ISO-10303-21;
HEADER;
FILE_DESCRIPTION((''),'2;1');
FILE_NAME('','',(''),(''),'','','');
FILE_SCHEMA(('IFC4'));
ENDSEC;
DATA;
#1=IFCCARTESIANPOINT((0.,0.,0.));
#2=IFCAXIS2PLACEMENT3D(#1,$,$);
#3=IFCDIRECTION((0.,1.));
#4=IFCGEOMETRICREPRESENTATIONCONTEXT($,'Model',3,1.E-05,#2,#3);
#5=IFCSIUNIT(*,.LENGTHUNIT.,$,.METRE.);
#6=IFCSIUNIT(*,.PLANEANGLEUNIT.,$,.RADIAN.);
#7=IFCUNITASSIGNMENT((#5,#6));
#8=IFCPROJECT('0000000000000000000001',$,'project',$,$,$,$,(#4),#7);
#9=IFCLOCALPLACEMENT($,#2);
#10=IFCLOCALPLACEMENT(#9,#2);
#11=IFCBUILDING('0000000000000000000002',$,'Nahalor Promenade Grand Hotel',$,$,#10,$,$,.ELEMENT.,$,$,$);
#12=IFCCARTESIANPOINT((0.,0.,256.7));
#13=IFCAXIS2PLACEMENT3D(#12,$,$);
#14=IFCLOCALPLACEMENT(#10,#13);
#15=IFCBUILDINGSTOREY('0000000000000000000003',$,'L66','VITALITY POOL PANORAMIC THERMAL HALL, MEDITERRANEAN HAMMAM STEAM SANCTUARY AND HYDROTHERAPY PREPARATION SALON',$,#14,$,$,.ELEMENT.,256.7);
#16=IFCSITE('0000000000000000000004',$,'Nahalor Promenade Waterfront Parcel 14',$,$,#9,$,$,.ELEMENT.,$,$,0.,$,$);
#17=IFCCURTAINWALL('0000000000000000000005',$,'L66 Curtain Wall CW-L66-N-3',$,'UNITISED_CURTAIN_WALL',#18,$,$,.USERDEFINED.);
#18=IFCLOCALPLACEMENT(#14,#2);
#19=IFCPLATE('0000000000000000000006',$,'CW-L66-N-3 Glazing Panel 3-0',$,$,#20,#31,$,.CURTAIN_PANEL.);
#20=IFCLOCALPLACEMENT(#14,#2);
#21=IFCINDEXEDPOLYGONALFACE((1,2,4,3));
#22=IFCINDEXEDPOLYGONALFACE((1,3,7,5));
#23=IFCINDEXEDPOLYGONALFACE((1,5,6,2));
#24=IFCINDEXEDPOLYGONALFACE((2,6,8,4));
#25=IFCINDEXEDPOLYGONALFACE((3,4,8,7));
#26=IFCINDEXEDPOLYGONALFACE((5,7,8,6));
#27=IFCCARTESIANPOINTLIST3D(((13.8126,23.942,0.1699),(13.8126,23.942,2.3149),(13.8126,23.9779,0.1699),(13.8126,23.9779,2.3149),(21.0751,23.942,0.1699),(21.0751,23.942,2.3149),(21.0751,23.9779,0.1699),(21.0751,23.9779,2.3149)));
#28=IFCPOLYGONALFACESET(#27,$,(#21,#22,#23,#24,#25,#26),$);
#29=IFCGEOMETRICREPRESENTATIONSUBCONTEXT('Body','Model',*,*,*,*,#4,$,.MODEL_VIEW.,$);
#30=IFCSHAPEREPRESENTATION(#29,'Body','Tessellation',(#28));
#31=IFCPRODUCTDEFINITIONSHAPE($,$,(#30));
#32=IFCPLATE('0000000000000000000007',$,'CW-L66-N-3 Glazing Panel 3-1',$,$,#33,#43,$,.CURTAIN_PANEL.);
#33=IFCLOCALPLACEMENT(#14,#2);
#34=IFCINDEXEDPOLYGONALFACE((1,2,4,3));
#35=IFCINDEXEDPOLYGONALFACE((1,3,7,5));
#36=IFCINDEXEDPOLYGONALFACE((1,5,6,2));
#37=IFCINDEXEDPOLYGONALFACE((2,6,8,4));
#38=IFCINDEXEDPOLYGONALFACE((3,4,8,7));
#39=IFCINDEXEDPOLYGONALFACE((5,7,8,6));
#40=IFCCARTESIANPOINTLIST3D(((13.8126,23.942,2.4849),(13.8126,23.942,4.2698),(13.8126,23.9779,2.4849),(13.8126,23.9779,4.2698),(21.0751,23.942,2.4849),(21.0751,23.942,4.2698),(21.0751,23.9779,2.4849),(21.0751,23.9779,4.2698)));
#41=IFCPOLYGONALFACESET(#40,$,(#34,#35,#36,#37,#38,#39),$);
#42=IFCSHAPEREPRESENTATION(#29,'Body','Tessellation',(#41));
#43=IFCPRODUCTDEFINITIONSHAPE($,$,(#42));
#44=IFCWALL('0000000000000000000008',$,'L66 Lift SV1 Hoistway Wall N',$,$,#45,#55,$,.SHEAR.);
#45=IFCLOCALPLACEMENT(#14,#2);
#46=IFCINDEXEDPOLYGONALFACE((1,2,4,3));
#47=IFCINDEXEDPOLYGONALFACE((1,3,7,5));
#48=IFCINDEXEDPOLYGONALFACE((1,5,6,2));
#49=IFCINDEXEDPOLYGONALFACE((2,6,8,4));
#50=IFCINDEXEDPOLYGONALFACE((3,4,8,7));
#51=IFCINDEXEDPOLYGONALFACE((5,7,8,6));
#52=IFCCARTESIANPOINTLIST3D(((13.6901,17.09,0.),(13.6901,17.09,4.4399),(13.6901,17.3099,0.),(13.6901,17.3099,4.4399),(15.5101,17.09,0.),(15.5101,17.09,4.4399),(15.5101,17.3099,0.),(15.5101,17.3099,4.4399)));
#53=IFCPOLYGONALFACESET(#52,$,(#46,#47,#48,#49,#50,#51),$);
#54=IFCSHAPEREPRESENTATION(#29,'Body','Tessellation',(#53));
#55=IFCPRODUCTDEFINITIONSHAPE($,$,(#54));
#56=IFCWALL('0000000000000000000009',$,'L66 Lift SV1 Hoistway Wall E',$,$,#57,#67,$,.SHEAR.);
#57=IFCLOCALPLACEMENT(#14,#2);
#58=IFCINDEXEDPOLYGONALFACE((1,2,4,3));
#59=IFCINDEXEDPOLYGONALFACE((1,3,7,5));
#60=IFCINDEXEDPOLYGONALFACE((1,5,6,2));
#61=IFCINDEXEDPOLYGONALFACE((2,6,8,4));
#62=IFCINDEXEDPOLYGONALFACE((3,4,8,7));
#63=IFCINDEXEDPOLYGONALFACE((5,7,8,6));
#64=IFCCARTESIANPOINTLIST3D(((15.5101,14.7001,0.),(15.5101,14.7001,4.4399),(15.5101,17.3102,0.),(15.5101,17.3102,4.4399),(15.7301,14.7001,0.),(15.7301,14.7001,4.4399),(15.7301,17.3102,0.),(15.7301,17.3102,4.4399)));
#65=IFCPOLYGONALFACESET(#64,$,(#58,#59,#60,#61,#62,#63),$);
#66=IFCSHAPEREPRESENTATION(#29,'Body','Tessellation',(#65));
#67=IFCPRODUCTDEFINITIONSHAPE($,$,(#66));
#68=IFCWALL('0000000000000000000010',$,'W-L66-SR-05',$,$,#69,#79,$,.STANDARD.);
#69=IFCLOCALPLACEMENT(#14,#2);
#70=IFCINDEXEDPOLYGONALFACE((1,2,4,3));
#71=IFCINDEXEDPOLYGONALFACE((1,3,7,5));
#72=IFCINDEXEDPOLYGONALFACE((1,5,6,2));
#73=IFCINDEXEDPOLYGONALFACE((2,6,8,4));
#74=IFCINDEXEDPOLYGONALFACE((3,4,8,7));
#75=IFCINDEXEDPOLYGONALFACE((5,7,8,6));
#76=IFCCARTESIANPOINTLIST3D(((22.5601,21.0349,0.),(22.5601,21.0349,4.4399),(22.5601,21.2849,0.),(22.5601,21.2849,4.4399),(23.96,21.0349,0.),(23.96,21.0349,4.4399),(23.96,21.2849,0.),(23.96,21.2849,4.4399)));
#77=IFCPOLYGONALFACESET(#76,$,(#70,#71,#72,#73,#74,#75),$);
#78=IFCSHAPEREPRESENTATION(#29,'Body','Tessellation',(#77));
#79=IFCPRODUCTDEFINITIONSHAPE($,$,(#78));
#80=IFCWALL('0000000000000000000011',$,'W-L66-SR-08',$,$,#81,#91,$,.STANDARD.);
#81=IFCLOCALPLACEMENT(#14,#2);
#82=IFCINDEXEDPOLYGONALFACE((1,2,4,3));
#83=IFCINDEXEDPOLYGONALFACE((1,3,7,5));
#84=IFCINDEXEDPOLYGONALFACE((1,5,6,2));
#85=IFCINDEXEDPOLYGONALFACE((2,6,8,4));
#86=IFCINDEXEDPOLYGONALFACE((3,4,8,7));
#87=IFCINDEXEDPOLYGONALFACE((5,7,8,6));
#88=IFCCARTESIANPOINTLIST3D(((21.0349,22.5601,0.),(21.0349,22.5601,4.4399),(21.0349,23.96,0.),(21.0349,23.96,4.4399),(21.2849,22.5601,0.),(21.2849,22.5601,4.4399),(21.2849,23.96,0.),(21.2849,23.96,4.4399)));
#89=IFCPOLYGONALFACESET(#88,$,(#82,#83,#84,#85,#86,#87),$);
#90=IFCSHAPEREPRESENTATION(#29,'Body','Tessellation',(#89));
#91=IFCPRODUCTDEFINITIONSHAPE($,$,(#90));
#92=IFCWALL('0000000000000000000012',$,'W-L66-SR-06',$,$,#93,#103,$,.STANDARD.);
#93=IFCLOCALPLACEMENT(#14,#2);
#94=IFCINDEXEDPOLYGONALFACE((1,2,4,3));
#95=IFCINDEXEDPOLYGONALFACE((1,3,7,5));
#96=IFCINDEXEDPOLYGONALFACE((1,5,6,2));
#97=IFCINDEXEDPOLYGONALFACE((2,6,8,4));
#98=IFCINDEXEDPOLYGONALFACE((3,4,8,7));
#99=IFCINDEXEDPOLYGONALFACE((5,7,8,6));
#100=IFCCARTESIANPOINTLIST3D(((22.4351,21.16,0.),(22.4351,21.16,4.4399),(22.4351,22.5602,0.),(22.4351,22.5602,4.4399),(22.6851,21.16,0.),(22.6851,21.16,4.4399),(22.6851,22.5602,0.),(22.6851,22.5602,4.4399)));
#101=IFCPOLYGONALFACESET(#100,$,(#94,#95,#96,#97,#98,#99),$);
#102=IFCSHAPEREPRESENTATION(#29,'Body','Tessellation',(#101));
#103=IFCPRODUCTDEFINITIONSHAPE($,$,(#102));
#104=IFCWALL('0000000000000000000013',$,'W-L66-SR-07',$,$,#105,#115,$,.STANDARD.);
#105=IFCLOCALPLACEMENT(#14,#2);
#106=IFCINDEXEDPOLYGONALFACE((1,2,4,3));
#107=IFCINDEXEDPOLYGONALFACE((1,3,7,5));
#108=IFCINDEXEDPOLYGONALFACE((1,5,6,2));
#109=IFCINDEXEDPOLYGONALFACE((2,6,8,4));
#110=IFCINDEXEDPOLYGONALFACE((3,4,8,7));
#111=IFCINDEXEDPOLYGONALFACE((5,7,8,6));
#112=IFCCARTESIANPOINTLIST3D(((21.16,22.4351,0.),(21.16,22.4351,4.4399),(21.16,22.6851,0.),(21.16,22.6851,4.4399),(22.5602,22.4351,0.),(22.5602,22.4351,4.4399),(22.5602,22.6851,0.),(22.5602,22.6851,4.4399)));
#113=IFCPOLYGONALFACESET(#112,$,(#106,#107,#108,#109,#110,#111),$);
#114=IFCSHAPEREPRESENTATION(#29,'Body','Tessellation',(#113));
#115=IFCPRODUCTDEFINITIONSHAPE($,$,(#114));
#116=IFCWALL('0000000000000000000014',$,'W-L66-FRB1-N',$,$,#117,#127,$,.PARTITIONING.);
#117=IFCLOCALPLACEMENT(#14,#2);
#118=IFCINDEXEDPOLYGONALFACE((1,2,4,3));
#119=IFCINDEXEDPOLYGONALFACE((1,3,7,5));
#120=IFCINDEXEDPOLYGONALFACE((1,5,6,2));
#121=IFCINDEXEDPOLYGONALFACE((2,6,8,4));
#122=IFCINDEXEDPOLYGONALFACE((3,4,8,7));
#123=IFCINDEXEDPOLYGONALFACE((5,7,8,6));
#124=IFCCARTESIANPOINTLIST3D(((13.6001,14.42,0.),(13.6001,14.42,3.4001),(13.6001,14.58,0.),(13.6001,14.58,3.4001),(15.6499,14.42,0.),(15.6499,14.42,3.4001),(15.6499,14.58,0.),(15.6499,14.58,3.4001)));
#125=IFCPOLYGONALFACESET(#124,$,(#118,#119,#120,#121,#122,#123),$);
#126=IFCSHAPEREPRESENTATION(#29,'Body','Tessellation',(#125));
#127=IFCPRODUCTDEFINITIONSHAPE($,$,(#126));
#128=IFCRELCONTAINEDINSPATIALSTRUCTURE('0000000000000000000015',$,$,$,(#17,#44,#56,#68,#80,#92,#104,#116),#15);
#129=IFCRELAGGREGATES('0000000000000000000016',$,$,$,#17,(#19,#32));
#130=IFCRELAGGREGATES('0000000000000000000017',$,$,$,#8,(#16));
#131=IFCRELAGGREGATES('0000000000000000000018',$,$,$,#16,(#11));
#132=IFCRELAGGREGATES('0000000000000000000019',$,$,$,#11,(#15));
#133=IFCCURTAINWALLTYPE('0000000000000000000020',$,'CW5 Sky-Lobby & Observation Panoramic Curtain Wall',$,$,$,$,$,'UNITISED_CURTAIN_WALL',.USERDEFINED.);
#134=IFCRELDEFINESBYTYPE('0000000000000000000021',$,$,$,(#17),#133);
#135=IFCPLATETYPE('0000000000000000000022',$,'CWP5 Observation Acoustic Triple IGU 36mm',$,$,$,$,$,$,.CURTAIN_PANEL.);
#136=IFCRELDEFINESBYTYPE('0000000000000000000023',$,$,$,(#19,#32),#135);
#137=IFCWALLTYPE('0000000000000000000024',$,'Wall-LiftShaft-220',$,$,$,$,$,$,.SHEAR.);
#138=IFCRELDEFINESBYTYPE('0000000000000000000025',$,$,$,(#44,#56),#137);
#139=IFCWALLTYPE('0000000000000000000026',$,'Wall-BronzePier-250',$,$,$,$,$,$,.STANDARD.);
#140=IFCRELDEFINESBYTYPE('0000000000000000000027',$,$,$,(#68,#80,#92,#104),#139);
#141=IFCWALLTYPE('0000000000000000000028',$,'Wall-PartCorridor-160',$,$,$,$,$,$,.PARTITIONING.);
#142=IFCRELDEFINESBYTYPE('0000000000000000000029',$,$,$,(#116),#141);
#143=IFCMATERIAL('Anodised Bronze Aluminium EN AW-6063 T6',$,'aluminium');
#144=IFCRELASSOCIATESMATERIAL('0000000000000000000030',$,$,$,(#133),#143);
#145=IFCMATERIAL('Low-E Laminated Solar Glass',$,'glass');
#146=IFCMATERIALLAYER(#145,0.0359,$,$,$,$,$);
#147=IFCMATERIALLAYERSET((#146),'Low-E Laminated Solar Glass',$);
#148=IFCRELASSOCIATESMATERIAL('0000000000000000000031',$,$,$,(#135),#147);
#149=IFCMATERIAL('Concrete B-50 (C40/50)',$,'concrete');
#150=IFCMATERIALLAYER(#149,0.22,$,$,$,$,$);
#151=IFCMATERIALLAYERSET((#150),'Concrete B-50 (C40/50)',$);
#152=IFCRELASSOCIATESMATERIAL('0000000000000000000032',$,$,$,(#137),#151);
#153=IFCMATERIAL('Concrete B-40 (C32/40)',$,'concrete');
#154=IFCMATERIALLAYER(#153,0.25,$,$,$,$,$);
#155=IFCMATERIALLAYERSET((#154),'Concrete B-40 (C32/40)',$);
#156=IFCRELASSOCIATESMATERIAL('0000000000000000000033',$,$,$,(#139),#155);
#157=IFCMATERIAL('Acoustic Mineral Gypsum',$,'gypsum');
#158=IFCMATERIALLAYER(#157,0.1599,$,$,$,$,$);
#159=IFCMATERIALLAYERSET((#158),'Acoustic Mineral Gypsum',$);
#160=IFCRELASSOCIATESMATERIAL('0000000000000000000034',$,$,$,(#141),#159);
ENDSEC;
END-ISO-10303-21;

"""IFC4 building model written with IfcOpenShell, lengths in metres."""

from ifc_helpers import new_model, si_unit, direction, frame, frame_2d, origin, origin_2d, place, context, subcontext, project, spatial, rectangle, extrude, source, transform, mapped, material, layer, layer_set, type_object, element, aggregate, save


model = new_model("IFC4")

# Units and contexts
model_context = context("Model", 3, precision=1e-05, world=origin(), true_north=direction((0.0, 1.0)))
body_context = subcontext(model_context, "Body", "Model", "MODEL_VIEW")
ifc_project = project(units=[si_unit("LENGTHUNIT", "METRE"), si_unit("PLANEANGLEUNIT", "RADIAN")], contexts=[model_context])

# Site, building, storey
site_placement = place(None, origin())
site = spatial("IfcSite", under=ifc_project, at=site_placement, Name="Nahalor Promenade Waterfront Parcel 14", CompositionType="ELEMENT", RefElevation=0.0)
building_placement = place(site_placement, origin())
building = spatial("IfcBuilding", under=site, at=building_placement, Name="Nahalor Promenade Grand Hotel", CompositionType="ELEMENT")
storey_placement = place(building_placement, frame((0.0, 0.0, 256.7)))
storey = spatial("IfcBuildingStorey", under=building, at=storey_placement, Name="L66", Description="VITALITY POOL PANORAMIC THERMAL HALL, MEDITERRANEAN HAMMAM STEAM SANCTUARY AND HYDROTHERAPY PREPARATION SALON", CompositionType="ELEMENT", Elevation=256.7)

# Curtain wall
ifc_material_1 = material(Name="Anodised Bronze Aluminium EN AW-6063 T6", Category="aluminium")
curtain_wall_type = type_object("IfcCurtainWallType", Name="CW5 Sky-Lobby & Observation Panoramic Curtain Wall", ElementType="UNITISED_CURTAIN_WALL", PredefinedType="USERDEFINED", material=ifc_material_1)
curtain_wall_1_placement = place(storey_placement, origin())
curtain_wall_1 = element("IfcCurtainWall", 1, at=curtain_wall_1_placement, inside=storey, type_object=curtain_wall_type, Name="L66 Curtain Wall CW-L66-N-3", ObjectType="UNITISED_CURTAIN_WALL", PredefinedType="USERDEFINED")

# Plates
ifc_material_2 = material(Name="Low-E Laminated Solar Glass", Category="glass")
ifc_layer_1 = layer(ifc_material_2, 0.0359)
ifc_layer_set_1 = layer_set([ifc_layer_1], Name="Low-E Laminated Solar Glass")
plate_type = type_object("IfcPlateType", Name="CWP5 Observation Acoustic Triple IGU 36mm", PredefinedType="CURTAIN_PANEL", material=ifc_layer_set_1)
shared_shape_1 = source(origin(), body_context, "Body", "SweptSolid", [
    extrude(rectangle(XDim=7.2625, YDim=0.0359, at=origin_2d()), origin(), (0.0, 0.0, 1.0), 2.145),
])
plate_1_placement = place(storey_placement, frame((17.4438, 23.96, 0.1699), z_axis=(0.0, 0.0, 1.0), x_axis=(1.0, 0.0, 0.0)))
plate_1 = element("IfcPlate", 2, at=plate_1_placement, type_object=plate_type, Name="CW-L66-N-3 Glazing Panel 3-0", PredefinedType="CURTAIN_PANEL", context=body_context, shape_type="MappedRepresentation", body=[
    mapped(shared_shape_1, transform((0.0, 0.0, 0.0), scale=1.0)),
])
shared_shape_2 = source(origin(), body_context, "Body", "SweptSolid", [
    extrude(rectangle(XDim=7.2625, YDim=0.0359, at=origin_2d()), origin(), (0.0, 0.0, 1.0), 1.7849),
])
plate_2_placement = place(storey_placement, frame((17.4438, 23.96, 2.4849), z_axis=(0.0, 0.0, 1.0), x_axis=(1.0, 0.0, 0.0)))
plate_2 = element("IfcPlate", 3, at=plate_2_placement, type_object=plate_type, Name="CW-L66-N-3 Glazing Panel 3-1", PredefinedType="CURTAIN_PANEL", context=body_context, shape_type="MappedRepresentation", body=[
    mapped(shared_shape_2, transform((0.0, 0.0, 0.0), scale=1.0)),
])
aggregate(curtain_wall_1, [plate_1, plate_2])

# Walls
ifc_material_3 = material(Name="Concrete B-50 (C40/50)", Category="concrete")
ifc_layer_2 = layer(ifc_material_3, 0.22)
ifc_layer_set_2 = layer_set([ifc_layer_2], Name="Concrete B-50 (C40/50)")
wall_type_1 = type_object("IfcWallType", Name="Wall-LiftShaft-220", PredefinedType="SHEAR", material=ifc_layer_set_2)
shared_shape_3 = source(origin(), body_context, "Body", "SweptSolid", [
    extrude(rectangle(XDim=1.8201, YDim=0.22, at=frame_2d((0.9102, 0.0))), origin(), (0.0, 0.0, 1.0), 4.4399),
])
wall_1_placement = place(storey_placement, frame((13.6899, 17.2, 0.0), z_axis=(0.0, 0.0, 1.0), x_axis=(1.0, 0.0, 0.0)))
element("IfcWall", 4, at=wall_1_placement, inside=storey, type_object=wall_type_1, Name="L66 Lift SV1 Hoistway Wall N", PredefinedType="SHEAR", context=body_context, shape_type="MappedRepresentation", body=[
    mapped(shared_shape_3, transform((0.0, 0.0, 0.0), scale=1.0)),
])
shared_shape_4 = source(origin(), body_context, "Body", "SweptSolid", [
    extrude(rectangle(XDim=2.6101, YDim=0.22, at=frame_2d((1.3052, 0.0))), origin(), (0.0, 0.0, 1.0), 4.4399),
])
wall_2_placement = place(storey_placement, frame((15.6201, 14.7, 0.0), z_axis=(0.0, 0.0, 1.0), x_axis=(0.0, 1.0, 0.0)))
element("IfcWall", 5, at=wall_2_placement, inside=storey, type_object=wall_type_1, Name="L66 Lift SV1 Hoistway Wall E", PredefinedType="SHEAR", context=body_context, shape_type="MappedRepresentation", body=[
    mapped(shared_shape_4, transform((0.0, 0.0, 0.0), scale=1.0)),
])
ifc_material_4 = material(Name="Concrete B-40 (C32/40)", Category="concrete")
ifc_layer_3 = layer(ifc_material_4, 0.25)
ifc_layer_set_3 = layer_set([ifc_layer_3], Name="Concrete B-40 (C32/40)")
wall_type_2 = type_object("IfcWallType", Name="Wall-BronzePier-250", PredefinedType="STANDARD", material=ifc_layer_set_3)
shared_shape_5 = source(origin(), body_context, "Body", "SweptSolid", [
    extrude(rectangle(XDim=1.3999, YDim=0.25, at=frame_2d((0.7, 0.0))), origin(), (0.0, 0.0, 1.0), 4.4399),
])
for number, where, z_axis, x_axis, name in (
    (6, (22.5601, 21.1599, 0.0), (0.0, 0.0, 1.0), (1.0, 0.0, 0.0), "W-L66-SR-05"),
    (7, (21.1599, 22.5601, 0.0), (0.0, 0.0, 1.0), (0.0, 1.0, 0.0), "W-L66-SR-08"),
):
    element("IfcWall", number, at=place(storey_placement, frame(where, z_axis=z_axis, x_axis=x_axis)), inside=storey, type_object=wall_type_2, Name=name, PredefinedType="STANDARD", context=body_context, shape_type="MappedRepresentation", body=[
        mapped(shared_shape_5, transform((0.0, 0.0, 0.0), scale=1.0)),
    ])
shared_shape_6 = source(origin(), body_context, "Body", "SweptSolid", [
    extrude(rectangle(XDim=1.4001, YDim=0.25, at=frame_2d((0.7002, 0.0))), origin(), (0.0, 0.0, 1.0), 4.4399),
])
for number, where, z_axis, x_axis, name in (
    (8, (22.5601, 21.1599, 0.0), (0.0, 0.0, 1.0), (0.0, 1.0, 0.0), "W-L66-SR-06"),
    (9, (21.1599, 22.5601, 0.0), (0.0, 0.0, 1.0), (1.0, 0.0, 0.0), "W-L66-SR-07"),
):
    element("IfcWall", number, at=place(storey_placement, frame(where, z_axis=z_axis, x_axis=x_axis)), inside=storey, type_object=wall_type_2, Name=name, PredefinedType="STANDARD", context=body_context, shape_type="MappedRepresentation", body=[
        mapped(shared_shape_6, transform((0.0, 0.0, 0.0), scale=1.0)),
    ])
ifc_material_5 = material(Name="Acoustic Mineral Gypsum", Category="gypsum")
ifc_layer_4 = layer(ifc_material_5, 0.1599)
ifc_layer_set_4 = layer_set([ifc_layer_4], Name="Acoustic Mineral Gypsum")
wall_type_3 = type_object("IfcWallType", Name="Wall-PartCorridor-160", PredefinedType="PARTITIONING", material=ifc_layer_set_4)
shared_shape_7 = source(origin(), body_context, "Body", "SweptSolid", [
    extrude(rectangle(XDim=2.0498, YDim=0.1599, at=frame_2d((1.0249, 0.0))), origin(), (0.0, 0.0, 1.0), 3.4001),
])
wall_3_placement = place(storey_placement, frame((13.6001, 14.5, 0.0), z_axis=(0.0, 0.0, 1.0), x_axis=(1.0, 0.0, 0.0)))
element("IfcWall", 10, at=wall_3_placement, inside=storey, type_object=wall_type_3, Name="W-L66-FRB1-N", PredefinedType="PARTITIONING", context=body_context, shape_type="MappedRepresentation", body=[
    mapped(shared_shape_7, transform((0.0, 0.0, 0.0), scale=1.0)),
])

save(model, "model.ifc")
